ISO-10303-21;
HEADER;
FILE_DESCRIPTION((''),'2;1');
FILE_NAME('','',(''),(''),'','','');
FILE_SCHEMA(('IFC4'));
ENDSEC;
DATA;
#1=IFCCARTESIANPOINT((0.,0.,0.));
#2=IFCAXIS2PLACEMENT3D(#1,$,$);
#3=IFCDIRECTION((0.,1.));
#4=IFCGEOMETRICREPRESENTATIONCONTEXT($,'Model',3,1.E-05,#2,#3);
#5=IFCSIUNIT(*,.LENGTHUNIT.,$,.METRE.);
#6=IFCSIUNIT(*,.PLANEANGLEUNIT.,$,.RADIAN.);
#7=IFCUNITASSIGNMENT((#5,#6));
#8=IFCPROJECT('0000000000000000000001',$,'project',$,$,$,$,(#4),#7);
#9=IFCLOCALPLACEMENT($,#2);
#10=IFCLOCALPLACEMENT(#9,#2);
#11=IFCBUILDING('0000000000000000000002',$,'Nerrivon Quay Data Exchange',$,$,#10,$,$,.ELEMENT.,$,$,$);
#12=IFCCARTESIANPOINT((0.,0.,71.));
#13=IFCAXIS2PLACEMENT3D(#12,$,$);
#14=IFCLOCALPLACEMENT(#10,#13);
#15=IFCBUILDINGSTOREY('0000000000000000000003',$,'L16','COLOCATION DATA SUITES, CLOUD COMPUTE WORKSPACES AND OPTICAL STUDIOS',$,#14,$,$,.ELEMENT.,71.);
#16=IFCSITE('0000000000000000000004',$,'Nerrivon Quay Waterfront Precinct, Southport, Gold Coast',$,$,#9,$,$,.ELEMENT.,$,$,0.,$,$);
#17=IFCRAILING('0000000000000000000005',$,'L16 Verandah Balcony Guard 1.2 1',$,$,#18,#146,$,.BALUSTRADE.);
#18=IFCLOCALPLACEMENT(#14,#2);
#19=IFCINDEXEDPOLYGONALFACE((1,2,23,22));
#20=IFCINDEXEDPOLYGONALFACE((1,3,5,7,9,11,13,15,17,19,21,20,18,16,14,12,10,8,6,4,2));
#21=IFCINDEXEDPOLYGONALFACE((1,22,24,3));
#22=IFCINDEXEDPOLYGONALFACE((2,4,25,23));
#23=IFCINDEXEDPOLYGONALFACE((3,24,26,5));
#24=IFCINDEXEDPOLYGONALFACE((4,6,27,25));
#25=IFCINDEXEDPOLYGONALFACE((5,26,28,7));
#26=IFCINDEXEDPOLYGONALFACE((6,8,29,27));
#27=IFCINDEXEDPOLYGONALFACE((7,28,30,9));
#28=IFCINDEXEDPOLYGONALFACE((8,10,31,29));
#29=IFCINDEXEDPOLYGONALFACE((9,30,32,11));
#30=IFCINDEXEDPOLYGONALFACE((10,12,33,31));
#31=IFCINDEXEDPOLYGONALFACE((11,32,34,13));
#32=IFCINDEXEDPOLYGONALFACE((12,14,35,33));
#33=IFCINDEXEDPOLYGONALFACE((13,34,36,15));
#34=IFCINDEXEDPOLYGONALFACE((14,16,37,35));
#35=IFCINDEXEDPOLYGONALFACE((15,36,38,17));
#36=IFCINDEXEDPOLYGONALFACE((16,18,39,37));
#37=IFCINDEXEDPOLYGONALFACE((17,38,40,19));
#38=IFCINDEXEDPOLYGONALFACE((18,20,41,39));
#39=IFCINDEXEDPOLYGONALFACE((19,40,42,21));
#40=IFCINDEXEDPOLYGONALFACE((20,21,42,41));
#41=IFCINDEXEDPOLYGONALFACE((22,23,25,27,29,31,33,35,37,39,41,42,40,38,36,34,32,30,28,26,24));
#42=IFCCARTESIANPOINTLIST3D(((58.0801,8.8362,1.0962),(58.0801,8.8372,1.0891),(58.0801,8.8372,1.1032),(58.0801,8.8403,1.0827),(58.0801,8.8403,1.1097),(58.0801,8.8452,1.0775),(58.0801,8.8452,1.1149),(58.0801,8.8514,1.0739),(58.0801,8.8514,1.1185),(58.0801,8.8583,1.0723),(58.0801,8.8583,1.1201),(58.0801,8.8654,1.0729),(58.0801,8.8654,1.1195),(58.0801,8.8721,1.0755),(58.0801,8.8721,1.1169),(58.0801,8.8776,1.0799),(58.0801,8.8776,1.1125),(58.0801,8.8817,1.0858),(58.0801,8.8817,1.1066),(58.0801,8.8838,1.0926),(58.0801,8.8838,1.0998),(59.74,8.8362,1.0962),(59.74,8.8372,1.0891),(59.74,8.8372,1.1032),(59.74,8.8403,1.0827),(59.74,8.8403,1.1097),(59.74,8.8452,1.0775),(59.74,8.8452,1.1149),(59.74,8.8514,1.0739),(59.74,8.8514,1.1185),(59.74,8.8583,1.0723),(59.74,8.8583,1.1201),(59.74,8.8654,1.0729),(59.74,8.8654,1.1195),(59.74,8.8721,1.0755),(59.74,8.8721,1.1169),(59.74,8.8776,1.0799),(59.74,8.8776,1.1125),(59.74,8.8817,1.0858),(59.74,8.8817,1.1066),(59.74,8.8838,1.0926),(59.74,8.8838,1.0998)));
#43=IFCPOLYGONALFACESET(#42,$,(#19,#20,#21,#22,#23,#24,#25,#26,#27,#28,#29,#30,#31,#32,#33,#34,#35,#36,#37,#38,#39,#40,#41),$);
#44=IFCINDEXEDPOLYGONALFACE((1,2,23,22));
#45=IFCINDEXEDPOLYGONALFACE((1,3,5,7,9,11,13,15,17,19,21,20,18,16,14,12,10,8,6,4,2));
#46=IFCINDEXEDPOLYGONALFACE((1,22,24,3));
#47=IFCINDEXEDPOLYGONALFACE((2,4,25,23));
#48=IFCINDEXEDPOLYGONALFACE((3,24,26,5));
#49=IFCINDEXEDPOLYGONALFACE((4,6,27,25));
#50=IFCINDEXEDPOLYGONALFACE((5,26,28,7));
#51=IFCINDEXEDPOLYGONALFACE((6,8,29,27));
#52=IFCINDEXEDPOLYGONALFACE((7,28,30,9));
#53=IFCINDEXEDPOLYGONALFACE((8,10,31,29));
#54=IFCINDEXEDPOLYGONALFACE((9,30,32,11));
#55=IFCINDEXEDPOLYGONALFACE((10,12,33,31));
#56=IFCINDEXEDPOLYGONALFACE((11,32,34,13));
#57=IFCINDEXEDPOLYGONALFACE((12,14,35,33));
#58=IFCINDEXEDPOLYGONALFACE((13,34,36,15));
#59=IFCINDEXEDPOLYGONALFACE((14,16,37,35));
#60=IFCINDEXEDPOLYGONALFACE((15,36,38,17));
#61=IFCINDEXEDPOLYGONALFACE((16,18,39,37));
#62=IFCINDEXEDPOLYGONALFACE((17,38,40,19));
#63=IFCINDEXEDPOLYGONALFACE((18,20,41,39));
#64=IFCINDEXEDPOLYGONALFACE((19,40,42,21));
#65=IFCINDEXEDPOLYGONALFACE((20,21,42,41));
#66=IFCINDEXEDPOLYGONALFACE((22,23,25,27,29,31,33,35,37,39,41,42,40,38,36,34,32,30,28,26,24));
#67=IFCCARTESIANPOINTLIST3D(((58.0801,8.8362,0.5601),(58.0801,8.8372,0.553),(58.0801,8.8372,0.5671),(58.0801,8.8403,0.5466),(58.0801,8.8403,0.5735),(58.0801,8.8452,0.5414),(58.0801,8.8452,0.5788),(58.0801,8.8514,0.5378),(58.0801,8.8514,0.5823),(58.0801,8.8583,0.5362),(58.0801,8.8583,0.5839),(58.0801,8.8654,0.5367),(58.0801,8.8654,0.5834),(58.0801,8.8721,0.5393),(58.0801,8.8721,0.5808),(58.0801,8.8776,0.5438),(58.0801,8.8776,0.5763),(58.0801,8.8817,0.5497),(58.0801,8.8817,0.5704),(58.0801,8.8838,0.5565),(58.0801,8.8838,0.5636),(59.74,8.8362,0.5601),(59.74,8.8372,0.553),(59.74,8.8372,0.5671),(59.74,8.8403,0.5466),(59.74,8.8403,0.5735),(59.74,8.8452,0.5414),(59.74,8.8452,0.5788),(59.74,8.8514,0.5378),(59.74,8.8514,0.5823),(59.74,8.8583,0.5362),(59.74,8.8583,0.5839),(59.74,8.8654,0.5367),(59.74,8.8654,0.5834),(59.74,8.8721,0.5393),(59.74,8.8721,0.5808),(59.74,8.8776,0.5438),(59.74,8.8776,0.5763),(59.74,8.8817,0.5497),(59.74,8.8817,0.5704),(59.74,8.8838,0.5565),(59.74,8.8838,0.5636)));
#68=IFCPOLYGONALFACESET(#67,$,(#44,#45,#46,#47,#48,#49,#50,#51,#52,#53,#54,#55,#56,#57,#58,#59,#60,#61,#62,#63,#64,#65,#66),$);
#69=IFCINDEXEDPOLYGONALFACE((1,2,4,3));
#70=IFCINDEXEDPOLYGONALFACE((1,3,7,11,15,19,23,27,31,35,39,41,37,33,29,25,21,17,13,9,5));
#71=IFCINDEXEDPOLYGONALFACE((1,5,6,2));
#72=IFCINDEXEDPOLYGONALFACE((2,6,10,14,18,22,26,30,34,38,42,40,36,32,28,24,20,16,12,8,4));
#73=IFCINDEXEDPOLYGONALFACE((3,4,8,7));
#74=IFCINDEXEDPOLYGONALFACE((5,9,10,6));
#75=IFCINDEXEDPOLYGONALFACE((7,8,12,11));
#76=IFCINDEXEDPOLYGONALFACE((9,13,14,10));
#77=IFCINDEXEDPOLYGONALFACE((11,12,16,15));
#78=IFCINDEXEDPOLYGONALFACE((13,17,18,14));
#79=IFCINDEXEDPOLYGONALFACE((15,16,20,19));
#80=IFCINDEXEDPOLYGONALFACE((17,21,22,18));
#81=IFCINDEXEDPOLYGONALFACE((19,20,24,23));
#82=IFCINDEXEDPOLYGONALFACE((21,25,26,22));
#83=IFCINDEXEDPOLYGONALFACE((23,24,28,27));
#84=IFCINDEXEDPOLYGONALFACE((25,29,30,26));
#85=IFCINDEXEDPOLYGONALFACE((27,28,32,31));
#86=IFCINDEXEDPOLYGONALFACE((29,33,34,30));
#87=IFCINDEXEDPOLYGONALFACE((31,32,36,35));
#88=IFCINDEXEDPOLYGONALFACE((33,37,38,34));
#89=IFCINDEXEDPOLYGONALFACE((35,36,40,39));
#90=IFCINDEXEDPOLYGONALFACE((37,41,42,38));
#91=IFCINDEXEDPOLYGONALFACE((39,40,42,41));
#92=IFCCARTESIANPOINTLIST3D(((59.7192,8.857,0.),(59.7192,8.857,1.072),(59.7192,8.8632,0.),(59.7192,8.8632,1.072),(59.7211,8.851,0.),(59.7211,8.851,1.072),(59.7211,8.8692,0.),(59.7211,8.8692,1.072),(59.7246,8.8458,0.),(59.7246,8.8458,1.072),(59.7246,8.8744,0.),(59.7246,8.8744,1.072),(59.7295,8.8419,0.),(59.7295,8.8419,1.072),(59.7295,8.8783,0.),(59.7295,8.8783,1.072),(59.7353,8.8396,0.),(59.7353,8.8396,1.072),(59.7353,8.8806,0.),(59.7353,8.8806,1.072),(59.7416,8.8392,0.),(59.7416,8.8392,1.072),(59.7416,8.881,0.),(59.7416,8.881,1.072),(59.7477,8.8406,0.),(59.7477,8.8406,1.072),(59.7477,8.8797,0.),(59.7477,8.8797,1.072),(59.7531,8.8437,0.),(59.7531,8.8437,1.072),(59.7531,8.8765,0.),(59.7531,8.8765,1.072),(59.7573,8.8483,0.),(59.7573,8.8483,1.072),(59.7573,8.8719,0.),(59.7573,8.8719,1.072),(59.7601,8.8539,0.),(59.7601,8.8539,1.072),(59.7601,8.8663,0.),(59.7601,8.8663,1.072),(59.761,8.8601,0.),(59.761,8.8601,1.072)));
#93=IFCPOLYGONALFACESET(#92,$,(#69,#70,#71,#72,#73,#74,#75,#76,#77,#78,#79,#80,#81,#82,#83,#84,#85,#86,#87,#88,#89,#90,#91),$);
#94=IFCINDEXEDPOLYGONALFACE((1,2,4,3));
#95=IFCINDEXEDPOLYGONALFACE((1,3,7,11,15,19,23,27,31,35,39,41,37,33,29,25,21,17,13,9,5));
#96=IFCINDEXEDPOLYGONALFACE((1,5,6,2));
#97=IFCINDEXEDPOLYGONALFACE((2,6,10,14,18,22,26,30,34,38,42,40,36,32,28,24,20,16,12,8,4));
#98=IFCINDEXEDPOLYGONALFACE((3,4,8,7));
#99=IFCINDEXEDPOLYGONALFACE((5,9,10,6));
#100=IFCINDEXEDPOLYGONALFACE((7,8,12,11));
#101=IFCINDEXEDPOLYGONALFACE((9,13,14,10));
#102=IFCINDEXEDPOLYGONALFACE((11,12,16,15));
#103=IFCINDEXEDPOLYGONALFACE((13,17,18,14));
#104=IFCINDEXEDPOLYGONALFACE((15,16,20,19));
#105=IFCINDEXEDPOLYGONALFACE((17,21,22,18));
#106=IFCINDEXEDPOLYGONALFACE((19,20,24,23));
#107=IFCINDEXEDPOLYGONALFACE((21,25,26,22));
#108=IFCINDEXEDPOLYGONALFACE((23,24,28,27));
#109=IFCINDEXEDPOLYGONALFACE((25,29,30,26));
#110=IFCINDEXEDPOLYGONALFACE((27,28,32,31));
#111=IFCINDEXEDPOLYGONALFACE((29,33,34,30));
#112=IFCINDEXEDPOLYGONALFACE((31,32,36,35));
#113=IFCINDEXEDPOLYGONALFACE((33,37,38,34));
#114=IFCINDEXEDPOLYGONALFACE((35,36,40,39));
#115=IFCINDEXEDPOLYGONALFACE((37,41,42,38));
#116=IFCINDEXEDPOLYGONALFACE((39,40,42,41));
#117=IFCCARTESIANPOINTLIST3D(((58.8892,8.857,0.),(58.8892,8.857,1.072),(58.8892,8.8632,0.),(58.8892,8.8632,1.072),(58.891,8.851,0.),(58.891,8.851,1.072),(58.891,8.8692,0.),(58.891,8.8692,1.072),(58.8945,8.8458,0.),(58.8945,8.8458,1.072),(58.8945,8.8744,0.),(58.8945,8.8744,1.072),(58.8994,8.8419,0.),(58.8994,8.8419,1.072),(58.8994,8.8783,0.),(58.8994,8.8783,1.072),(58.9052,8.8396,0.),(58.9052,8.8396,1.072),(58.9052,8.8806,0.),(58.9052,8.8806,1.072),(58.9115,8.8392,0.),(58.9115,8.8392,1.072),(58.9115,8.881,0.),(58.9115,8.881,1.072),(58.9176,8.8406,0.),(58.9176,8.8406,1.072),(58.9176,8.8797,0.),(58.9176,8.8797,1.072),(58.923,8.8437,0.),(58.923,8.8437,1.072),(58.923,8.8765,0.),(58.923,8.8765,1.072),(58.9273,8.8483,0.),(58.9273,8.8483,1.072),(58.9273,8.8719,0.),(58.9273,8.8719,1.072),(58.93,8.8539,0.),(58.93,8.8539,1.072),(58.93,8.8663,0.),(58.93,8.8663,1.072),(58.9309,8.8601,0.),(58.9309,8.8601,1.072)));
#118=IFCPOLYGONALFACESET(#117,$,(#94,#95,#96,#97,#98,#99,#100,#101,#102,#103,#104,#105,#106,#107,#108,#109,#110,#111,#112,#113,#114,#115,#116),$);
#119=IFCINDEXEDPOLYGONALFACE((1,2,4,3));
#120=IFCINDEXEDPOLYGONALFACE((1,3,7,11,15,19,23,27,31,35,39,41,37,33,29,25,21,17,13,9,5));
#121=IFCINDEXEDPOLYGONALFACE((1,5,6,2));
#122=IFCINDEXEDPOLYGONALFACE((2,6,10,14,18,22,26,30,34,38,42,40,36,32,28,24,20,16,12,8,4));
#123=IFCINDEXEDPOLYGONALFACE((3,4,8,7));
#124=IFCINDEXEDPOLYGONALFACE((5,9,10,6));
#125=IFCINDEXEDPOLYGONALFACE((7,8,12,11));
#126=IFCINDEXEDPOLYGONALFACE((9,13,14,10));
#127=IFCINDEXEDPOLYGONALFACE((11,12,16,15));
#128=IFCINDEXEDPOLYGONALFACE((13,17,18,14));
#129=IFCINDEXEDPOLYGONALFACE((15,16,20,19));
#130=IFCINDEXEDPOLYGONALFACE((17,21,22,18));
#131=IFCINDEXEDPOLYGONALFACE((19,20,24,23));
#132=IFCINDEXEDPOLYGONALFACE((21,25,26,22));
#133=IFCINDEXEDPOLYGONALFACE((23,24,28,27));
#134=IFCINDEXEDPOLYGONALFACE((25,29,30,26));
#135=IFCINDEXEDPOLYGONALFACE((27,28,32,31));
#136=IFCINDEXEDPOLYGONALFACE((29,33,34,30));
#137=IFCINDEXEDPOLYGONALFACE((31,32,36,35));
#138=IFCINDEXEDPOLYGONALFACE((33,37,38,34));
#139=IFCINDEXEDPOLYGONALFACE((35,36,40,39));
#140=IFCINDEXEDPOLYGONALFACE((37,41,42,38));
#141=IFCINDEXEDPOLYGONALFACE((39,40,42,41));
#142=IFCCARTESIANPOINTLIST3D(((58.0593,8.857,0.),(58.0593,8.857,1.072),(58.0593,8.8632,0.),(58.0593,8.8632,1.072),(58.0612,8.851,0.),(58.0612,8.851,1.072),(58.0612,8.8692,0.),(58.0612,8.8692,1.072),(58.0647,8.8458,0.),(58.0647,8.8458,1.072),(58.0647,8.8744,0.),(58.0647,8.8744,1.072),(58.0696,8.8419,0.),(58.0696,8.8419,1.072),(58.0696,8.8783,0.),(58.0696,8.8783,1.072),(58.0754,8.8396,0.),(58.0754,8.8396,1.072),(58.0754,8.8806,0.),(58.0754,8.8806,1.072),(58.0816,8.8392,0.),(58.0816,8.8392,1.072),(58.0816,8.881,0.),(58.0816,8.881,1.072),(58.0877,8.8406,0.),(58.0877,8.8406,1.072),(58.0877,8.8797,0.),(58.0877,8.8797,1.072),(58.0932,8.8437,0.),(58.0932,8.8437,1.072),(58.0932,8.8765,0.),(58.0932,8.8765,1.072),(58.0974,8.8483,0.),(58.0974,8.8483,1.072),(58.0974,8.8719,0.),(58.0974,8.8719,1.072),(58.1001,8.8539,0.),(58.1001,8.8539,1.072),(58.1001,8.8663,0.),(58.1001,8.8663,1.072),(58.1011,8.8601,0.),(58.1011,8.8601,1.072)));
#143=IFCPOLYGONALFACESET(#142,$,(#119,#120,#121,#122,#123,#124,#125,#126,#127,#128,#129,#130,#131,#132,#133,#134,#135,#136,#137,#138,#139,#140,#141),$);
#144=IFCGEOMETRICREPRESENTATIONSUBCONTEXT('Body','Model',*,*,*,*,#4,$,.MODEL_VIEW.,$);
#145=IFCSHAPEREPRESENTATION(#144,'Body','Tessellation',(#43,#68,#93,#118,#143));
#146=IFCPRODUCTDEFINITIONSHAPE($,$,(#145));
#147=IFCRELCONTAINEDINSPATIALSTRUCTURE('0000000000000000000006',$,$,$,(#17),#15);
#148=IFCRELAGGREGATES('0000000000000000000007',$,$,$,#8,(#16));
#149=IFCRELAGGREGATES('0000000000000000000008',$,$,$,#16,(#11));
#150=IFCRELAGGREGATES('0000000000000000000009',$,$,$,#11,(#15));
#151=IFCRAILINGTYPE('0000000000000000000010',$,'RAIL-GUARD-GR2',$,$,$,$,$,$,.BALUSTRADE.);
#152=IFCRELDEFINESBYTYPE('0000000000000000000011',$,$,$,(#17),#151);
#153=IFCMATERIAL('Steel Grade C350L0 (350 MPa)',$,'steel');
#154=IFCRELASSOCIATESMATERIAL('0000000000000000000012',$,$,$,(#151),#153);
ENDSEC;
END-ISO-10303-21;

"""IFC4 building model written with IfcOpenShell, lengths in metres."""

from ifc_helpers import new_model, si_unit, direction, frame, origin, origin_2d, place, context, subcontext, project, spatial, circle, extrude, material, type_object, element, save


model = new_model("IFC4")

# Units and contexts
model_context = context("Model", 3, precision=1e-05, world=origin(), true_north=direction((0.0, 1.0)))
body_context = subcontext(model_context, "Body", "Model", "MODEL_VIEW")
ifc_project = project(units=[si_unit("LENGTHUNIT", "METRE"), si_unit("PLANEANGLEUNIT", "RADIAN")], contexts=[model_context])

# Site, building, storey
site_placement = place(None, origin())
site = spatial("IfcSite", under=ifc_project, at=site_placement, Name="Nerrivon Quay Waterfront Precinct, Southport, Gold Coast", CompositionType="ELEMENT", RefElevation=0.0)
building_placement = place(site_placement, origin())
building = spatial("IfcBuilding", under=site, at=building_placement, Name="Nerrivon Quay Data Exchange", CompositionType="ELEMENT")
storey_placement = place(building_placement, frame((0.0, 0.0, 71.0)))
storey = spatial("IfcBuildingStorey", under=building, at=storey_placement, Name="L16", Description="COLOCATION DATA SUITES, CLOUD COMPUTE WORKSPACES AND OPTICAL STUDIOS", CompositionType="ELEMENT", Elevation=71.0)

# Railing
ifc_material_1 = material(Name="Steel Grade C350L0 (350 MPa)", Category="steel")
railing_type = type_object("IfcRailingType", Name="RAIL-GUARD-GR2", PredefinedType="BALUSTRADE", material=ifc_material_1)
railing_1_placement = place(storey_placement, frame((59.74, 8.8601, 0.0)))
element("IfcRailing", 1, at=railing_1_placement, inside=storey, type_object=railing_type, Name="L16 Verandah Balcony Guard 1.2 1", PredefinedType="BALUSTRADE", context=body_context, shape_type="SweptSolid", body=[
    extrude(circle(Radius=0.0239, at=origin_2d()), frame((0.0, 0.0, 1.0962), z_axis=(-1.0, 0.0, 0.0), x_axis=(0.0, -1.0, 0.0)), (0.0, 0.0, 1.0), 1.6599),
    extrude(circle(Radius=0.0239, at=origin_2d()), frame((0.0, 0.0, 0.5601), z_axis=(-1.0, 0.0, 0.0), x_axis=(0.0, -1.0, 0.0)), (0.0, 0.0, 1.0), 1.6599),
    extrude(circle(Radius=0.021, at=origin_2d()), origin(), (0.0, 0.0, 1.0), 1.072),
    extrude(circle(Radius=0.021, at=origin_2d()), frame((-0.8301, 0.0, 0.0)), (0.0, 0.0, 1.0), 1.072),
    extrude(circle(Radius=0.021, at=origin_2d()), frame((-1.6599, 0.0, 0.0)), (0.0, 0.0, 1.0), 1.072),
])

save(model, "model.ifc")
